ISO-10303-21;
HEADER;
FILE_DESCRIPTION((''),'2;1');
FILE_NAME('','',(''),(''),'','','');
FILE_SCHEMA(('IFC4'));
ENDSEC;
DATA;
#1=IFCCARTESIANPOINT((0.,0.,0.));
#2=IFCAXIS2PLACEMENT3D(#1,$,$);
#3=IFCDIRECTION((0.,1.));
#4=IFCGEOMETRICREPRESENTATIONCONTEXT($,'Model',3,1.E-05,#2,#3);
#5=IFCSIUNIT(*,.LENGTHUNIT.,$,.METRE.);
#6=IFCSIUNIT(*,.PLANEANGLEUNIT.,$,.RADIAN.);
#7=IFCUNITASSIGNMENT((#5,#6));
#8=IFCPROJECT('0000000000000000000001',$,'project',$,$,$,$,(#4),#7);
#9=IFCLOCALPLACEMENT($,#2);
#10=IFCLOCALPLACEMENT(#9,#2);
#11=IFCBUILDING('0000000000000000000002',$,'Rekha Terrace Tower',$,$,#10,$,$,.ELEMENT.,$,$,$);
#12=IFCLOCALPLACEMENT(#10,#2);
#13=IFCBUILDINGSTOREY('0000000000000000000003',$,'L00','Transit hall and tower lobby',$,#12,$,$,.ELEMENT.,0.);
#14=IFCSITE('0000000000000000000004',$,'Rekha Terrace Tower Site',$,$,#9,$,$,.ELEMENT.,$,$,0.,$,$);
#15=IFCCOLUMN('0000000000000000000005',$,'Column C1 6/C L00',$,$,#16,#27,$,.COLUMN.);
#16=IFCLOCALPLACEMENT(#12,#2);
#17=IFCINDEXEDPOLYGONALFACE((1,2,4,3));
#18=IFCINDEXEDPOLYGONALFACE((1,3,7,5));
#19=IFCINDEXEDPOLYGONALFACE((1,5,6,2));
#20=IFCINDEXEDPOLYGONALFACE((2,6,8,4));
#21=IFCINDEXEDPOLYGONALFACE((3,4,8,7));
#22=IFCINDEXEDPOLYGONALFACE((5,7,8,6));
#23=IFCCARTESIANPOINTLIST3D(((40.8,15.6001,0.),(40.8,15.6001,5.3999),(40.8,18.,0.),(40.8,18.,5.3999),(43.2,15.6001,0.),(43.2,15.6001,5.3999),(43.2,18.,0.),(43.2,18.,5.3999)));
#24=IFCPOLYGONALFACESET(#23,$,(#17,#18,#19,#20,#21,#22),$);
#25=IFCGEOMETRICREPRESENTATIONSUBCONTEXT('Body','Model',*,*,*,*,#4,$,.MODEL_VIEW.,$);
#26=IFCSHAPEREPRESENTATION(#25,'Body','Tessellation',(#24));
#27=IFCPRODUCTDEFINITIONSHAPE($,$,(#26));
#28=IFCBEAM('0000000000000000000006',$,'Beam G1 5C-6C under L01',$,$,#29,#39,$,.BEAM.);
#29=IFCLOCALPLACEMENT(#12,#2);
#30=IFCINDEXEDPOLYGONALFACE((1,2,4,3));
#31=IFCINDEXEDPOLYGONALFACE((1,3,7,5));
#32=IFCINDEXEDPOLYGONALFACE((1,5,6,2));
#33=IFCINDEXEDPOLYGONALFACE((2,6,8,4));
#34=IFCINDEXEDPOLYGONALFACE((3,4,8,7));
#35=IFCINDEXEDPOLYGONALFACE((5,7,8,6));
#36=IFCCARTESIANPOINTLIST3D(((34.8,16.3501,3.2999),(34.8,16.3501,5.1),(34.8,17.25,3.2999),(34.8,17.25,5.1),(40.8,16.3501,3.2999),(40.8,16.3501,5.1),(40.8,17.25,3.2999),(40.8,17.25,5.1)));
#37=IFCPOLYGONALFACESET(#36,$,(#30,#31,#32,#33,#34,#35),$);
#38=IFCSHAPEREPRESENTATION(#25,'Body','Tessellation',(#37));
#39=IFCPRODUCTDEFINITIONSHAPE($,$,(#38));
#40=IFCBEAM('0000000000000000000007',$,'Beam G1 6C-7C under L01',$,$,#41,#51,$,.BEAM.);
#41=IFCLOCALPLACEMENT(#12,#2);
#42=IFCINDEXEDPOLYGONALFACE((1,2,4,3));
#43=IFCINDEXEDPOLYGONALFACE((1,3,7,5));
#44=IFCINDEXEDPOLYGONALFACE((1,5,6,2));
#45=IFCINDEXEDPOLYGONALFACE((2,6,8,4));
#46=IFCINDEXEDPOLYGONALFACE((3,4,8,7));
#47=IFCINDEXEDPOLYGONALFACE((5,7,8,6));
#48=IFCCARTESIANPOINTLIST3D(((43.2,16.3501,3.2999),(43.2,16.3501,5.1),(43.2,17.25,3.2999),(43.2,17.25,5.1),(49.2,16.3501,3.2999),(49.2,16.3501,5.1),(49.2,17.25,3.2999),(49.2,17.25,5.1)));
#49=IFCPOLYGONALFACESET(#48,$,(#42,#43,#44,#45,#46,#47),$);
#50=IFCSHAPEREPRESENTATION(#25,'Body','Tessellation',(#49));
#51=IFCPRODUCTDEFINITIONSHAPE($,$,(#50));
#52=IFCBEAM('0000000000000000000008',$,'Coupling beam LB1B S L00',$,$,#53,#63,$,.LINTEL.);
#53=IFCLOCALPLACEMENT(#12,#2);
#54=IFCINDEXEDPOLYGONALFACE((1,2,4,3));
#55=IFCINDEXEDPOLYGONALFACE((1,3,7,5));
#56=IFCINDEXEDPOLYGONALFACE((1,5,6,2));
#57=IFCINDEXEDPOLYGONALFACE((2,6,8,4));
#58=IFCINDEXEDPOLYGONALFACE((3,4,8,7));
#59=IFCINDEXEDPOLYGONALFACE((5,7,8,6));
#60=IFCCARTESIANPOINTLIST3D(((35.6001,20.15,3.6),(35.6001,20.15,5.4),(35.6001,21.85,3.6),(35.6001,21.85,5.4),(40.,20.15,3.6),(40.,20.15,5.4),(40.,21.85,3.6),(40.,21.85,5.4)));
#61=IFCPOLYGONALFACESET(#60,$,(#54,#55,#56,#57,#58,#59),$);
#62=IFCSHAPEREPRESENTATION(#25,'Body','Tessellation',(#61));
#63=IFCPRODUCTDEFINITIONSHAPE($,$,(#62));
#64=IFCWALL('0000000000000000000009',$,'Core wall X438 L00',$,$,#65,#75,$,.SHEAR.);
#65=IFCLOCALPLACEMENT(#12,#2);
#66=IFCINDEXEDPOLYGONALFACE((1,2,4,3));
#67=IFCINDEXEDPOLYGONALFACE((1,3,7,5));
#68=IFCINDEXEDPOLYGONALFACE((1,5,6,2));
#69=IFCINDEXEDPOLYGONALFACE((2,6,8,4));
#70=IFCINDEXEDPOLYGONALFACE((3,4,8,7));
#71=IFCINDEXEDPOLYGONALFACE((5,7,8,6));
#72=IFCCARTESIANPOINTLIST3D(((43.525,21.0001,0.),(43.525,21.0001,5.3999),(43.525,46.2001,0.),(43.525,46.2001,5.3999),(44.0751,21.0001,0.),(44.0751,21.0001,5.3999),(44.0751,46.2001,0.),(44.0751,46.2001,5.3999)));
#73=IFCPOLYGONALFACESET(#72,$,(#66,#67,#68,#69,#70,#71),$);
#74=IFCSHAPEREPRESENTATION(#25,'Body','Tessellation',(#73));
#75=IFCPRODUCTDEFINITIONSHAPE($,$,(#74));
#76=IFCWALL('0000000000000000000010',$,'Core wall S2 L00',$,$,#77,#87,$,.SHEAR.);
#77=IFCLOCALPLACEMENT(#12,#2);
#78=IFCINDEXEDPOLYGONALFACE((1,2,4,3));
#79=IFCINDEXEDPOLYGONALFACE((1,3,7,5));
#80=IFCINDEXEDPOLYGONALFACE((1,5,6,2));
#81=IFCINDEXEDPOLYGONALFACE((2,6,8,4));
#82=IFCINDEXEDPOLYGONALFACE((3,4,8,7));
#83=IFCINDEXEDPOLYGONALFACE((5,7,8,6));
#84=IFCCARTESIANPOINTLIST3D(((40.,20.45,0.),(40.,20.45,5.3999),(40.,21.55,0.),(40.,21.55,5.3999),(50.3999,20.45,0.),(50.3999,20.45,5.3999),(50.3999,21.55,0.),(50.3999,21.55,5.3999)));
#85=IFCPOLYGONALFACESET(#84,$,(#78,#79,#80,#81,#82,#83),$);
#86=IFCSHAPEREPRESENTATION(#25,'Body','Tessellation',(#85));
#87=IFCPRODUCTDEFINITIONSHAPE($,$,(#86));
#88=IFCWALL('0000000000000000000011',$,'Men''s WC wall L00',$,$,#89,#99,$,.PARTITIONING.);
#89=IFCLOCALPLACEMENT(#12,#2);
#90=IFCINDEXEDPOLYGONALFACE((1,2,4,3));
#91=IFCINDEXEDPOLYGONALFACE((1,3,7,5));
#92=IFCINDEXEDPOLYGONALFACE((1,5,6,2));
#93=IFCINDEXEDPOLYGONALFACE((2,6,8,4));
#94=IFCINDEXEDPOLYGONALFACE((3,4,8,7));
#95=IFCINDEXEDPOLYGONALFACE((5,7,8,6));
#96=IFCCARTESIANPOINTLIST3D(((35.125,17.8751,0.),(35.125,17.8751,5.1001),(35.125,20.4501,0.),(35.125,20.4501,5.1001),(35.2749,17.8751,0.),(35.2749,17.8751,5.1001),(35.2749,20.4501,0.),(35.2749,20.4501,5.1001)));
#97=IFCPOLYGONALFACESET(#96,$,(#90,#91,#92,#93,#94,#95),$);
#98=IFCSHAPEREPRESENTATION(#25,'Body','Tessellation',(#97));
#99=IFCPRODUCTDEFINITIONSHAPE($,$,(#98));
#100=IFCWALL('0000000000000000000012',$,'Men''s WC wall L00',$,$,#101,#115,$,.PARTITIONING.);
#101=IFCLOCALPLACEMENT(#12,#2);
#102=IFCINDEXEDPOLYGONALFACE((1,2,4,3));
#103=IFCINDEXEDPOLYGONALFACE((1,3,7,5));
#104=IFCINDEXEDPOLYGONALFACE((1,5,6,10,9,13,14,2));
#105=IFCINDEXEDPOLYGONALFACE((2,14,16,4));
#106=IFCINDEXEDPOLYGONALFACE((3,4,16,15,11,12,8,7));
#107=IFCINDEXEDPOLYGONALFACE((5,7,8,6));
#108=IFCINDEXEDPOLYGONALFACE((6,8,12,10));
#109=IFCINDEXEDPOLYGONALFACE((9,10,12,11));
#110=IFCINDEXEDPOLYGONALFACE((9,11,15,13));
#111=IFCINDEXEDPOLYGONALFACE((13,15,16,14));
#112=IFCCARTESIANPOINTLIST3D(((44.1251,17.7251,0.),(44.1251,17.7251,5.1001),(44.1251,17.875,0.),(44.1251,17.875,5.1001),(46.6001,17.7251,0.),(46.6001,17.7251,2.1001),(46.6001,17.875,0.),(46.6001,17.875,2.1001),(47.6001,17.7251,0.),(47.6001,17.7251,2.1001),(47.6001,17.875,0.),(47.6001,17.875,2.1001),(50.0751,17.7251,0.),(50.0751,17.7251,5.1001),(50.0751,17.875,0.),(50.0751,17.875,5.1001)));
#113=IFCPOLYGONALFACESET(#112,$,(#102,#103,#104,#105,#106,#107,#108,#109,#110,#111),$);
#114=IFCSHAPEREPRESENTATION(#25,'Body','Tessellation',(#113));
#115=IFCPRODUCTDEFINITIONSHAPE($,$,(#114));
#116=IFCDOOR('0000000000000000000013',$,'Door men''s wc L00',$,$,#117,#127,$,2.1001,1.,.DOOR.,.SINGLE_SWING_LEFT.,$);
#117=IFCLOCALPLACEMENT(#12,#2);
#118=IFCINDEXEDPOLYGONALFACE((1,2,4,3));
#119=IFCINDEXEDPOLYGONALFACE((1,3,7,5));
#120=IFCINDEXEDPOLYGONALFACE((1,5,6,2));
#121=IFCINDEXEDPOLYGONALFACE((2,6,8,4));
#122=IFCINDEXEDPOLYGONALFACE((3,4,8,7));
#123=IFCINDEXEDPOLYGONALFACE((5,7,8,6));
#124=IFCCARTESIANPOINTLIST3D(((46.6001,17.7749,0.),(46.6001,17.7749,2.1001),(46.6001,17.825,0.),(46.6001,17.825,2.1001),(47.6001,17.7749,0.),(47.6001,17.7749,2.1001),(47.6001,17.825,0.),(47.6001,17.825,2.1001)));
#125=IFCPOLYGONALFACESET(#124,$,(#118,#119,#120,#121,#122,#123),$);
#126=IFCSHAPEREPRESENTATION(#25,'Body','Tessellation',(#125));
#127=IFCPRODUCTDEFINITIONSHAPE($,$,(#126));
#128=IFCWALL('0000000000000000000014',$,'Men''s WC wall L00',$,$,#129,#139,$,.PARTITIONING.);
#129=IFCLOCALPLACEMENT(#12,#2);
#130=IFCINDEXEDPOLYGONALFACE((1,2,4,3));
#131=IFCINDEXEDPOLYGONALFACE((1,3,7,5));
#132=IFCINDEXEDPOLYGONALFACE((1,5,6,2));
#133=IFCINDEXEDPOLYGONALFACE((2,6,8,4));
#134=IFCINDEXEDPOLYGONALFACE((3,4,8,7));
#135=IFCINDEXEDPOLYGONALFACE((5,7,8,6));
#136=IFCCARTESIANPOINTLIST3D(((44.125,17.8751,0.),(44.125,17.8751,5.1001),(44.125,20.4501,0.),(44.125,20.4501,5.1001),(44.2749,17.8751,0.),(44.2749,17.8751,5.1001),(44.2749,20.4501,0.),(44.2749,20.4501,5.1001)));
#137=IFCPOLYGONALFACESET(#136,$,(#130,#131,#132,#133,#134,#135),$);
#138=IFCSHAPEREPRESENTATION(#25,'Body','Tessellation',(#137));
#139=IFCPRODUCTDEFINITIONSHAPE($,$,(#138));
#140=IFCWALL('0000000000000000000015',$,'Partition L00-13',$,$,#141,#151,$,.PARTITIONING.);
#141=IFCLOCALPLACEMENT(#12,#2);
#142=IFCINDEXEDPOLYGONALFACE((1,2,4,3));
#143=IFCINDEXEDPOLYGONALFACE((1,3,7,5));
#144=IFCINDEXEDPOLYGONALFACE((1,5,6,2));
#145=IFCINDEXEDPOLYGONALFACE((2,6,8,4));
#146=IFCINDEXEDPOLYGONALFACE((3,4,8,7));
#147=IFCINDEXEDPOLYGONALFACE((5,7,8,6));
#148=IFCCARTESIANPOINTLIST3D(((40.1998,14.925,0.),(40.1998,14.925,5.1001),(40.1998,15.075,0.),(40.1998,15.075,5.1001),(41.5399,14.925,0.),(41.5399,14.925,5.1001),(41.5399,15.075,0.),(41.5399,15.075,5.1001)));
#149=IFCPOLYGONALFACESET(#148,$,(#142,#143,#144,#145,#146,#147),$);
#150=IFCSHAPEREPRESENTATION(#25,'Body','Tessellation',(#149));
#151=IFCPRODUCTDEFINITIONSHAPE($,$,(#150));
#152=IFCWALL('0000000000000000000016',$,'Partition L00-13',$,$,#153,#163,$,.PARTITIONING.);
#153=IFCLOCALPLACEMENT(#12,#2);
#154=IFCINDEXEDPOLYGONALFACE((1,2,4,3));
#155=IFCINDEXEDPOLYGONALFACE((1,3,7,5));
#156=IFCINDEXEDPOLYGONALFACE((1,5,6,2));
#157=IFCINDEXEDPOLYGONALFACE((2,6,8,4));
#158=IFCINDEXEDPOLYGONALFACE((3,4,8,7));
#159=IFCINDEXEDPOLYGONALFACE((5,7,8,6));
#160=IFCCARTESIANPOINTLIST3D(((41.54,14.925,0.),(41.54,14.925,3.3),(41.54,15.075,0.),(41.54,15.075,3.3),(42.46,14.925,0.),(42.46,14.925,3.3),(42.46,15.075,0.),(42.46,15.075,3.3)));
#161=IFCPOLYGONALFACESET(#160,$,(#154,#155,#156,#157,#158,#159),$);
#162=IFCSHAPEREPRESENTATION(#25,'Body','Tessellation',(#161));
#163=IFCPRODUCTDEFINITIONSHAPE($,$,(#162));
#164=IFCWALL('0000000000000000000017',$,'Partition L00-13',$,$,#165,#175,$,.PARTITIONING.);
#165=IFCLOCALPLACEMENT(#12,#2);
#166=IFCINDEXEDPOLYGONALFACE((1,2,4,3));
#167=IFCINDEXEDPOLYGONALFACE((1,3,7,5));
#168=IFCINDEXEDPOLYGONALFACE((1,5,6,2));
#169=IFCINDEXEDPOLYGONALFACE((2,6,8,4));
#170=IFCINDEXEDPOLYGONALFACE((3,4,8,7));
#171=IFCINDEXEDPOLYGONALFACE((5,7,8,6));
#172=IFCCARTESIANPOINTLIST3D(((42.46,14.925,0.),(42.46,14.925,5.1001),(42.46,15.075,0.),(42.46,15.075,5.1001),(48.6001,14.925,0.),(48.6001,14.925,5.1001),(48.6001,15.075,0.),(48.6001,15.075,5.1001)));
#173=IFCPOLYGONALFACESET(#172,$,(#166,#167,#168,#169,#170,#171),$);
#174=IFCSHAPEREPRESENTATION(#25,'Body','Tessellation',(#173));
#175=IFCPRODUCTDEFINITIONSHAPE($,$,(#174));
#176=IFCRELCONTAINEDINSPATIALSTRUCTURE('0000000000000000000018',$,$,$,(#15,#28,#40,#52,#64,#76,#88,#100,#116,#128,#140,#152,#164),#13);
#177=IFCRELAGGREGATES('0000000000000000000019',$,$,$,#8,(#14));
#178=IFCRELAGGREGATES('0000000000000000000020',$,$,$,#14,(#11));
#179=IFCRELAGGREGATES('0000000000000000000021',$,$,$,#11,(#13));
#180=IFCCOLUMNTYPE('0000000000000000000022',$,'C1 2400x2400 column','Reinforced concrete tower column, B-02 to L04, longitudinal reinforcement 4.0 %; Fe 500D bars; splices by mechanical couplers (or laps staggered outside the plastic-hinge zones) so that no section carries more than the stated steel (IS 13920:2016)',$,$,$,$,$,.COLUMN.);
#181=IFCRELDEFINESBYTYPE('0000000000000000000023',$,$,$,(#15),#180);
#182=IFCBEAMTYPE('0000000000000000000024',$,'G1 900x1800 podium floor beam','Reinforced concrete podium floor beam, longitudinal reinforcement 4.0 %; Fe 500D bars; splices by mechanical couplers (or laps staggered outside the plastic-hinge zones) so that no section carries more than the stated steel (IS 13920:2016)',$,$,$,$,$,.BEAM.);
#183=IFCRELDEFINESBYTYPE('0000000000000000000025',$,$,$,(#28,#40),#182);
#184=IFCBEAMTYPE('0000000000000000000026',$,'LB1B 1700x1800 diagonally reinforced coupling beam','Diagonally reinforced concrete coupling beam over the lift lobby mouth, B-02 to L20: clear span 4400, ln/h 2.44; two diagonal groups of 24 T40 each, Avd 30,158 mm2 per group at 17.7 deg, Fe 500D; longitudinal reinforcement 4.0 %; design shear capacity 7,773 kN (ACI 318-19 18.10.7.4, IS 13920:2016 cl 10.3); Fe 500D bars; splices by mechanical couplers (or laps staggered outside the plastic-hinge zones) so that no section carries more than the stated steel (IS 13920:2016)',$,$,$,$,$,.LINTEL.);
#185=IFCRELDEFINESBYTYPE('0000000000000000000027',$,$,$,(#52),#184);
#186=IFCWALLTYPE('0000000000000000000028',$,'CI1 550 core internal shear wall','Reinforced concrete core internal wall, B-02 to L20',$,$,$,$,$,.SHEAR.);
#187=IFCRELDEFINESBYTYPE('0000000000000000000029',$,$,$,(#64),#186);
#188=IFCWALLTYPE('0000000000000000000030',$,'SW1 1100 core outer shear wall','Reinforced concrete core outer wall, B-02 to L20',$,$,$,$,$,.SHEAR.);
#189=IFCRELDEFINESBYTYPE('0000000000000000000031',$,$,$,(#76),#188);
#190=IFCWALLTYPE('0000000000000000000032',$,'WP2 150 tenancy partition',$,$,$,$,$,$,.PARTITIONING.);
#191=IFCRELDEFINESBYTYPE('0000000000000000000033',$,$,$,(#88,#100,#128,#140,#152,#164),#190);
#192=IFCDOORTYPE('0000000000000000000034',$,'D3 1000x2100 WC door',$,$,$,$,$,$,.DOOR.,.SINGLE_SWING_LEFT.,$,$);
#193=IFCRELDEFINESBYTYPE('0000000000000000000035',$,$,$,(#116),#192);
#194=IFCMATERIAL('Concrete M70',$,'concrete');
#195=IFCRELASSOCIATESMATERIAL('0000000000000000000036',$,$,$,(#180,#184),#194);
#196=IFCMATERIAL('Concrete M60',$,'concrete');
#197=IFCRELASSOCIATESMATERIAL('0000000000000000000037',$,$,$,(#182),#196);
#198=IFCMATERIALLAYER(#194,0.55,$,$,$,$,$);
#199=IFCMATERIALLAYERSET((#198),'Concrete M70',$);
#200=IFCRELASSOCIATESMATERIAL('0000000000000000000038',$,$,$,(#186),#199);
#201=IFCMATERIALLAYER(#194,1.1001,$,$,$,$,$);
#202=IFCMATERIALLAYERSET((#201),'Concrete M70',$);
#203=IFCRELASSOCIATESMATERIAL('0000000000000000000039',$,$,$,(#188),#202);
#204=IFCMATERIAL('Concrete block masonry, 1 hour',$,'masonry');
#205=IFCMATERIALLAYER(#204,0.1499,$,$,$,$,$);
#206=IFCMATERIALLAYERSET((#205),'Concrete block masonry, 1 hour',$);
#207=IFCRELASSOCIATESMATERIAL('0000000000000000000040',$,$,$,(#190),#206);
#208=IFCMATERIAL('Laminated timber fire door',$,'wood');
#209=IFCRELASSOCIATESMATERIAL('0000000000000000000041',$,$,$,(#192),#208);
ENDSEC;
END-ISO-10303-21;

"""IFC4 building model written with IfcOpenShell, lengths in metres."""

from ifc_helpers import new_model, si_unit, direction, frame, frame_2d, origin, origin_2d, place, context, subcontext, project, spatial, rectangle, extrude, material, layer, layer_set, material_profile, profile_set, type_object, element, fill, save


model = new_model("IFC4")

# Units and contexts
model_context = context("Model", 3, precision=1e-05, world=origin(), true_north=direction((0.0, 1.0)))
body_context = subcontext(model_context, "Body", "Model", "MODEL_VIEW")
ifc_project = project(units=[si_unit("LENGTHUNIT", "METRE"), si_unit("PLANEANGLEUNIT", "RADIAN")], contexts=[model_context])

# Site, building, storey
site_placement = place(None, origin())
site = spatial("IfcSite", under=ifc_project, at=site_placement, Name="Rekha Terrace Tower Site", CompositionType="ELEMENT", RefElevation=0.0)
building_placement = place(site_placement, origin())
building = spatial("IfcBuilding", under=site, at=building_placement, Name="Rekha Terrace Tower", CompositionType="ELEMENT")
storey_placement = place(building_placement, origin())
storey = spatial("IfcBuildingStorey", under=building, at=storey_placement, Name="L00", Description="Transit hall and tower lobby", CompositionType="ELEMENT", Elevation=0.0)

# Column
ifc_material_1 = material(Name="Concrete M70", Category="concrete")
ifc_material_profile_1 = material_profile(ifc_material_1, rectangle(XDim=2.3999, YDim=2.3999, at=origin_2d()), Name="RC 2400x2400")
ifc_profile_set_1 = profile_set([ifc_material_profile_1], Name="Concrete M70")
column_type = type_object("IfcColumnType", Name="C1 2400x2400 column", Description="Reinforced concrete tower column, B-02 to L04, longitudinal reinforcement 4.0 %; Fe 500D bars; splices by mechanical couplers (or laps staggered outside the plastic-hinge zones) so that no section carries more than the stated steel (IS 13920:2016)", PredefinedType="COLUMN", material=ifc_profile_set_1)
column_placement = place(storey_placement, frame((42.0, 16.8, 0.0), z_axis=(0.0, 0.0, 1.0), x_axis=(1.0, 0.0, 0.0)))
element("IfcColumn", 1, at=column_placement, inside=storey, type_object=column_type, Name="Column C1 6/C L00", PredefinedType="COLUMN", context=body_context, shape_type="SweptSolid", body=[
    extrude(rectangle(XDim=2.3999, YDim=2.3999, at=origin_2d()), origin(), (0.0, 0.0, 1.0), 5.3999),
])

# Beams
ifc_material_2 = material(Name="Concrete M60", Category="concrete")
ifc_material_profile_2 = material_profile(ifc_material_2, rectangle(XDim=0.8999, YDim=1.8, at=origin_2d()), Name="RC 900x1800")
ifc_profile_set_2 = profile_set([ifc_material_profile_2], Name="Concrete M60")
beam_type_1 = type_object("IfcBeamType", Name="G1 900x1800 podium floor beam", Description="Reinforced concrete podium floor beam, longitudinal reinforcement 4.0 %; Fe 500D bars; splices by mechanical couplers (or laps staggered outside the plastic-hinge zones) so that no section carries more than the stated steel (IS 13920:2016)", PredefinedType="BEAM", material=ifc_profile_set_2)
for number, where, z_axis, x_axis, name in (
    (2, (34.8, 16.8, 4.2), (1.0, 0.0, 0.0), (0.0, 1.0, 0.0), "Beam G1 5C-6C under L01"),
    (3, (43.2, 16.8, 4.2), (1.0, 0.0, 0.0), (0.0, 1.0, 0.0), "Beam G1 6C-7C under L01"),
):
    element("IfcBeam", number, at=place(storey_placement, frame(where, z_axis=z_axis, x_axis=x_axis)), inside=storey, type_object=beam_type_1, Name=name, PredefinedType="BEAM", context=body_context, shape_type="SweptSolid", body=[
        extrude(rectangle(XDim=0.8999, YDim=1.8, at=origin_2d()), origin(), (0.0, 0.0, 1.0), 6.0),
    ])
ifc_material_profile_3 = material_profile(ifc_material_1, rectangle(XDim=1.7, YDim=1.8, at=origin_2d()), Name="RC 1700x1800")
ifc_profile_set_3 = profile_set([ifc_material_profile_3], Name="Concrete M70")
beam_type_2 = type_object("IfcBeamType", Name="LB1B 1700x1800 diagonally reinforced coupling beam", Description="Diagonally reinforced concrete coupling beam over the lift lobby mouth, B-02 to L20: clear span 4400, ln/h 2.44; two diagonal groups of 24 T40 each, Avd 30,158 mm2 per group at 17.7 deg, Fe 500D; longitudinal reinforcement 4.0 %; design shear capacity 7,773 kN (ACI 318-19 18.10.7.4, IS 13920:2016 cl 10.3); Fe 500D bars; splices by mechanical couplers (or laps staggered outside the plastic-hinge zones) so that no section carries more than the stated steel (IS 13920:2016)", PredefinedType="LINTEL", material=ifc_profile_set_3)
beam_placement = place(storey_placement, frame((35.6001, 21.0, 4.5), z_axis=(1.0, 0.0, 0.0), x_axis=(0.0, 1.0, 0.0)))
element("IfcBeam", 4, at=beam_placement, inside=storey, type_object=beam_type_2, Name="Coupling beam LB1B S L00", PredefinedType="LINTEL", context=body_context, shape_type="SweptSolid", body=[
    extrude(rectangle(XDim=1.7, YDim=1.8, at=origin_2d()), origin(), (0.0, 0.0, 1.0), 4.3999),
])

# Walls
ifc_layer_1 = layer(ifc_material_1, 0.55)
ifc_layer_set_1 = layer_set([ifc_layer_1], Name="Concrete M70")
wall_type_1 = type_object("IfcWallType", Name="CI1 550 core internal shear wall", Description="Reinforced concrete core internal wall, B-02 to L20", PredefinedType="SHEAR", material=ifc_layer_set_1)
wall_1_placement = place(storey_placement, frame((43.8, 21.0, 0.0), z_axis=(0.0, 0.0, 1.0), x_axis=(0.0, 1.0, 0.0)))
element("IfcWall", 5, at=wall_1_placement, inside=storey, type_object=wall_type_1, Name="Core wall X438 L00", PredefinedType="SHEAR", context=body_context, shape_type="SweptSolid", body=[
    extrude(rectangle(XDim=25.2, YDim=0.55, at=frame_2d((12.6001, 0.0))), origin(), (0.0, 0.0, 1.0), 5.3999),
])
ifc_layer_2 = layer(ifc_material_1, 1.1001)
ifc_layer_set_2 = layer_set([ifc_layer_2], Name="Concrete M70")
wall_type_2 = type_object("IfcWallType", Name="SW1 1100 core outer shear wall", Description="Reinforced concrete core outer wall, B-02 to L20", PredefinedType="SHEAR", material=ifc_layer_set_2)
wall_2_placement = place(storey_placement, frame((40.0, 21.0, 0.0), z_axis=(0.0, 0.0, 1.0), x_axis=(1.0, 0.0, 0.0)))
element("IfcWall", 6, at=wall_2_placement, inside=storey, type_object=wall_type_2, Name="Core wall S2 L00", PredefinedType="SHEAR", context=body_context, shape_type="SweptSolid", body=[
    extrude(rectangle(XDim=10.3999, YDim=1.1001, at=frame_2d((5.2, 0.0))), origin(), (0.0, 0.0, 1.0), 5.3999),
])
ifc_material_3 = material(Name="Concrete block masonry, 1 hour", Category="masonry")
ifc_layer_3 = layer(ifc_material_3, 0.1499)
ifc_layer_set_3 = layer_set([ifc_layer_3], Name="Concrete block masonry, 1 hour")
wall_type_3 = type_object("IfcWallType", Name="WP2 150 tenancy partition", PredefinedType="PARTITIONING", material=ifc_layer_set_3)
wall_3_placement = place(storey_placement, frame((35.2, 17.875, 0.0), z_axis=(0.0, 0.0, 1.0), x_axis=(0.0, 1.0, 0.0)))
element("IfcWall", 7, at=wall_3_placement, inside=storey, type_object=wall_type_3, Name="Men's WC wall L00", PredefinedType="PARTITIONING", context=body_context, shape_type="SweptSolid", body=[
    extrude(rectangle(XDim=2.575, YDim=0.1499, at=frame_2d((1.2876, 0.0))), origin(), (0.0, 0.0, 1.0), 5.1001),
])

# Wall, opening, door
wall_4_placement = place(storey_placement, frame((44.125, 17.8, 0.0), z_axis=(0.0, 0.0, 1.0), x_axis=(1.0, 0.0, 0.0)))
wall_4 = element("IfcWall", 8, at=wall_4_placement, inside=storey, type_object=wall_type_3, Name="Men's WC wall L00", PredefinedType="PARTITIONING", context=body_context, shape_type="SweptSolid", body=[
    extrude(rectangle(XDim=5.95, YDim=0.1499, at=frame_2d((2.9751, 0.0))), origin(), (0.0, 0.0, 1.0), 5.1001),
])
opening_1_placement = place(wall_4_placement, frame((2.4751, 0.0, 0.0)))
opening_1 = element("IfcOpeningElement", 9, at=opening_1_placement, cuts=wall_4, PredefinedType="OPENING", context=body_context, shape_type="SweptSolid", body=[
    extrude(rectangle(XDim=1.0, YDim=2.1001, at=frame_2d((0.5, 1.05))), frame((0.0, 0.085, 0.0), z_axis=(0.0, -1.0, 0.0), x_axis=(1.0, 0.0, 0.0)), (0.0, 0.0, 1.0), 0.1699),
])
ifc_material_4 = material(Name="Laminated timber fire door", Category="wood")
door_type_1 = type_object("IfcDoorType", Name="D3 1000x2100 WC door", OperationType="SINGLE_SWING_LEFT", PredefinedType="DOOR", material=ifc_material_4)
door_1_placement = place(opening_1_placement, origin())
door_1 = element("IfcDoor", 10, at=door_1_placement, inside=storey, type_object=door_type_1, Name="Door men's wc L00", OperationType="SINGLE_SWING_LEFT", OverallHeight=2.1001, OverallWidth=1.0, PredefinedType="DOOR", context=body_context, shape_type="SweptSolid", body=[
    extrude(rectangle(XDim=1.0, YDim=2.1001, at=frame_2d((0.5, 1.05))), frame((0.0, 0.0249, 0.0), z_axis=(0.0, -1.0, 0.0), x_axis=(1.0, 0.0, 0.0)), (0.0, 0.0, 1.0), 0.05),
])
fill(opening_1, door_1)

# Walls
wall_5_placement = place(storey_placement, frame((44.2, 17.875, 0.0), z_axis=(0.0, 0.0, 1.0), x_axis=(0.0, 1.0, 0.0)))
element("IfcWall", 11, at=wall_5_placement, inside=storey, type_object=wall_type_3, Name="Men's WC wall L00", PredefinedType="PARTITIONING", context=body_context, shape_type="SweptSolid", body=[
    extrude(rectangle(XDim=2.575, YDim=0.1499, at=frame_2d((1.2876, 0.0))), origin(), (0.0, 0.0, 1.0), 5.1001),
])
wall_6_placement = place(storey_placement, frame((40.2, 15.0, 0.0), z_axis=(0.0, 0.0, 1.0), x_axis=(1.0, 0.0, 0.0)))
element("IfcWall", 12, at=wall_6_placement, inside=storey, type_object=wall_type_3, Name="Partition L00-13", PredefinedType="PARTITIONING", context=body_context, shape_type="SweptSolid", body=[
    extrude(rectangle(XDim=1.3401, YDim=0.1499, at=frame_2d((0.6699, 0.0))), origin(), (0.0, 0.0, 1.0), 5.1001),
])
wall_7_placement = place(storey_placement, frame((41.54, 15.0, 0.0), z_axis=(0.0, 0.0, 1.0), x_axis=(1.0, 0.0, 0.0)))
element("IfcWall", 13, at=wall_7_placement, inside=storey, type_object=wall_type_3, Name="Partition L00-13", PredefinedType="PARTITIONING", context=body_context, shape_type="SweptSolid", body=[
    extrude(rectangle(XDim=0.9199, YDim=0.1499, at=frame_2d((0.46, 0.0))), origin(), (0.0, 0.0, 1.0), 3.3),
])
wall_8_placement = place(storey_placement, frame((42.46, 15.0, 0.0), z_axis=(0.0, 0.0, 1.0), x_axis=(1.0, 0.0, 0.0)))
element("IfcWall", 14, at=wall_8_placement, inside=storey, type_object=wall_type_3, Name="Partition L00-13", PredefinedType="PARTITIONING", context=body_context, shape_type="SweptSolid", body=[
    extrude(rectangle(XDim=6.1401, YDim=0.1499, at=frame_2d((3.0701, 0.0))), origin(), (0.0, 0.0, 1.0), 5.1001),
])

save(model, "model.ifc")
